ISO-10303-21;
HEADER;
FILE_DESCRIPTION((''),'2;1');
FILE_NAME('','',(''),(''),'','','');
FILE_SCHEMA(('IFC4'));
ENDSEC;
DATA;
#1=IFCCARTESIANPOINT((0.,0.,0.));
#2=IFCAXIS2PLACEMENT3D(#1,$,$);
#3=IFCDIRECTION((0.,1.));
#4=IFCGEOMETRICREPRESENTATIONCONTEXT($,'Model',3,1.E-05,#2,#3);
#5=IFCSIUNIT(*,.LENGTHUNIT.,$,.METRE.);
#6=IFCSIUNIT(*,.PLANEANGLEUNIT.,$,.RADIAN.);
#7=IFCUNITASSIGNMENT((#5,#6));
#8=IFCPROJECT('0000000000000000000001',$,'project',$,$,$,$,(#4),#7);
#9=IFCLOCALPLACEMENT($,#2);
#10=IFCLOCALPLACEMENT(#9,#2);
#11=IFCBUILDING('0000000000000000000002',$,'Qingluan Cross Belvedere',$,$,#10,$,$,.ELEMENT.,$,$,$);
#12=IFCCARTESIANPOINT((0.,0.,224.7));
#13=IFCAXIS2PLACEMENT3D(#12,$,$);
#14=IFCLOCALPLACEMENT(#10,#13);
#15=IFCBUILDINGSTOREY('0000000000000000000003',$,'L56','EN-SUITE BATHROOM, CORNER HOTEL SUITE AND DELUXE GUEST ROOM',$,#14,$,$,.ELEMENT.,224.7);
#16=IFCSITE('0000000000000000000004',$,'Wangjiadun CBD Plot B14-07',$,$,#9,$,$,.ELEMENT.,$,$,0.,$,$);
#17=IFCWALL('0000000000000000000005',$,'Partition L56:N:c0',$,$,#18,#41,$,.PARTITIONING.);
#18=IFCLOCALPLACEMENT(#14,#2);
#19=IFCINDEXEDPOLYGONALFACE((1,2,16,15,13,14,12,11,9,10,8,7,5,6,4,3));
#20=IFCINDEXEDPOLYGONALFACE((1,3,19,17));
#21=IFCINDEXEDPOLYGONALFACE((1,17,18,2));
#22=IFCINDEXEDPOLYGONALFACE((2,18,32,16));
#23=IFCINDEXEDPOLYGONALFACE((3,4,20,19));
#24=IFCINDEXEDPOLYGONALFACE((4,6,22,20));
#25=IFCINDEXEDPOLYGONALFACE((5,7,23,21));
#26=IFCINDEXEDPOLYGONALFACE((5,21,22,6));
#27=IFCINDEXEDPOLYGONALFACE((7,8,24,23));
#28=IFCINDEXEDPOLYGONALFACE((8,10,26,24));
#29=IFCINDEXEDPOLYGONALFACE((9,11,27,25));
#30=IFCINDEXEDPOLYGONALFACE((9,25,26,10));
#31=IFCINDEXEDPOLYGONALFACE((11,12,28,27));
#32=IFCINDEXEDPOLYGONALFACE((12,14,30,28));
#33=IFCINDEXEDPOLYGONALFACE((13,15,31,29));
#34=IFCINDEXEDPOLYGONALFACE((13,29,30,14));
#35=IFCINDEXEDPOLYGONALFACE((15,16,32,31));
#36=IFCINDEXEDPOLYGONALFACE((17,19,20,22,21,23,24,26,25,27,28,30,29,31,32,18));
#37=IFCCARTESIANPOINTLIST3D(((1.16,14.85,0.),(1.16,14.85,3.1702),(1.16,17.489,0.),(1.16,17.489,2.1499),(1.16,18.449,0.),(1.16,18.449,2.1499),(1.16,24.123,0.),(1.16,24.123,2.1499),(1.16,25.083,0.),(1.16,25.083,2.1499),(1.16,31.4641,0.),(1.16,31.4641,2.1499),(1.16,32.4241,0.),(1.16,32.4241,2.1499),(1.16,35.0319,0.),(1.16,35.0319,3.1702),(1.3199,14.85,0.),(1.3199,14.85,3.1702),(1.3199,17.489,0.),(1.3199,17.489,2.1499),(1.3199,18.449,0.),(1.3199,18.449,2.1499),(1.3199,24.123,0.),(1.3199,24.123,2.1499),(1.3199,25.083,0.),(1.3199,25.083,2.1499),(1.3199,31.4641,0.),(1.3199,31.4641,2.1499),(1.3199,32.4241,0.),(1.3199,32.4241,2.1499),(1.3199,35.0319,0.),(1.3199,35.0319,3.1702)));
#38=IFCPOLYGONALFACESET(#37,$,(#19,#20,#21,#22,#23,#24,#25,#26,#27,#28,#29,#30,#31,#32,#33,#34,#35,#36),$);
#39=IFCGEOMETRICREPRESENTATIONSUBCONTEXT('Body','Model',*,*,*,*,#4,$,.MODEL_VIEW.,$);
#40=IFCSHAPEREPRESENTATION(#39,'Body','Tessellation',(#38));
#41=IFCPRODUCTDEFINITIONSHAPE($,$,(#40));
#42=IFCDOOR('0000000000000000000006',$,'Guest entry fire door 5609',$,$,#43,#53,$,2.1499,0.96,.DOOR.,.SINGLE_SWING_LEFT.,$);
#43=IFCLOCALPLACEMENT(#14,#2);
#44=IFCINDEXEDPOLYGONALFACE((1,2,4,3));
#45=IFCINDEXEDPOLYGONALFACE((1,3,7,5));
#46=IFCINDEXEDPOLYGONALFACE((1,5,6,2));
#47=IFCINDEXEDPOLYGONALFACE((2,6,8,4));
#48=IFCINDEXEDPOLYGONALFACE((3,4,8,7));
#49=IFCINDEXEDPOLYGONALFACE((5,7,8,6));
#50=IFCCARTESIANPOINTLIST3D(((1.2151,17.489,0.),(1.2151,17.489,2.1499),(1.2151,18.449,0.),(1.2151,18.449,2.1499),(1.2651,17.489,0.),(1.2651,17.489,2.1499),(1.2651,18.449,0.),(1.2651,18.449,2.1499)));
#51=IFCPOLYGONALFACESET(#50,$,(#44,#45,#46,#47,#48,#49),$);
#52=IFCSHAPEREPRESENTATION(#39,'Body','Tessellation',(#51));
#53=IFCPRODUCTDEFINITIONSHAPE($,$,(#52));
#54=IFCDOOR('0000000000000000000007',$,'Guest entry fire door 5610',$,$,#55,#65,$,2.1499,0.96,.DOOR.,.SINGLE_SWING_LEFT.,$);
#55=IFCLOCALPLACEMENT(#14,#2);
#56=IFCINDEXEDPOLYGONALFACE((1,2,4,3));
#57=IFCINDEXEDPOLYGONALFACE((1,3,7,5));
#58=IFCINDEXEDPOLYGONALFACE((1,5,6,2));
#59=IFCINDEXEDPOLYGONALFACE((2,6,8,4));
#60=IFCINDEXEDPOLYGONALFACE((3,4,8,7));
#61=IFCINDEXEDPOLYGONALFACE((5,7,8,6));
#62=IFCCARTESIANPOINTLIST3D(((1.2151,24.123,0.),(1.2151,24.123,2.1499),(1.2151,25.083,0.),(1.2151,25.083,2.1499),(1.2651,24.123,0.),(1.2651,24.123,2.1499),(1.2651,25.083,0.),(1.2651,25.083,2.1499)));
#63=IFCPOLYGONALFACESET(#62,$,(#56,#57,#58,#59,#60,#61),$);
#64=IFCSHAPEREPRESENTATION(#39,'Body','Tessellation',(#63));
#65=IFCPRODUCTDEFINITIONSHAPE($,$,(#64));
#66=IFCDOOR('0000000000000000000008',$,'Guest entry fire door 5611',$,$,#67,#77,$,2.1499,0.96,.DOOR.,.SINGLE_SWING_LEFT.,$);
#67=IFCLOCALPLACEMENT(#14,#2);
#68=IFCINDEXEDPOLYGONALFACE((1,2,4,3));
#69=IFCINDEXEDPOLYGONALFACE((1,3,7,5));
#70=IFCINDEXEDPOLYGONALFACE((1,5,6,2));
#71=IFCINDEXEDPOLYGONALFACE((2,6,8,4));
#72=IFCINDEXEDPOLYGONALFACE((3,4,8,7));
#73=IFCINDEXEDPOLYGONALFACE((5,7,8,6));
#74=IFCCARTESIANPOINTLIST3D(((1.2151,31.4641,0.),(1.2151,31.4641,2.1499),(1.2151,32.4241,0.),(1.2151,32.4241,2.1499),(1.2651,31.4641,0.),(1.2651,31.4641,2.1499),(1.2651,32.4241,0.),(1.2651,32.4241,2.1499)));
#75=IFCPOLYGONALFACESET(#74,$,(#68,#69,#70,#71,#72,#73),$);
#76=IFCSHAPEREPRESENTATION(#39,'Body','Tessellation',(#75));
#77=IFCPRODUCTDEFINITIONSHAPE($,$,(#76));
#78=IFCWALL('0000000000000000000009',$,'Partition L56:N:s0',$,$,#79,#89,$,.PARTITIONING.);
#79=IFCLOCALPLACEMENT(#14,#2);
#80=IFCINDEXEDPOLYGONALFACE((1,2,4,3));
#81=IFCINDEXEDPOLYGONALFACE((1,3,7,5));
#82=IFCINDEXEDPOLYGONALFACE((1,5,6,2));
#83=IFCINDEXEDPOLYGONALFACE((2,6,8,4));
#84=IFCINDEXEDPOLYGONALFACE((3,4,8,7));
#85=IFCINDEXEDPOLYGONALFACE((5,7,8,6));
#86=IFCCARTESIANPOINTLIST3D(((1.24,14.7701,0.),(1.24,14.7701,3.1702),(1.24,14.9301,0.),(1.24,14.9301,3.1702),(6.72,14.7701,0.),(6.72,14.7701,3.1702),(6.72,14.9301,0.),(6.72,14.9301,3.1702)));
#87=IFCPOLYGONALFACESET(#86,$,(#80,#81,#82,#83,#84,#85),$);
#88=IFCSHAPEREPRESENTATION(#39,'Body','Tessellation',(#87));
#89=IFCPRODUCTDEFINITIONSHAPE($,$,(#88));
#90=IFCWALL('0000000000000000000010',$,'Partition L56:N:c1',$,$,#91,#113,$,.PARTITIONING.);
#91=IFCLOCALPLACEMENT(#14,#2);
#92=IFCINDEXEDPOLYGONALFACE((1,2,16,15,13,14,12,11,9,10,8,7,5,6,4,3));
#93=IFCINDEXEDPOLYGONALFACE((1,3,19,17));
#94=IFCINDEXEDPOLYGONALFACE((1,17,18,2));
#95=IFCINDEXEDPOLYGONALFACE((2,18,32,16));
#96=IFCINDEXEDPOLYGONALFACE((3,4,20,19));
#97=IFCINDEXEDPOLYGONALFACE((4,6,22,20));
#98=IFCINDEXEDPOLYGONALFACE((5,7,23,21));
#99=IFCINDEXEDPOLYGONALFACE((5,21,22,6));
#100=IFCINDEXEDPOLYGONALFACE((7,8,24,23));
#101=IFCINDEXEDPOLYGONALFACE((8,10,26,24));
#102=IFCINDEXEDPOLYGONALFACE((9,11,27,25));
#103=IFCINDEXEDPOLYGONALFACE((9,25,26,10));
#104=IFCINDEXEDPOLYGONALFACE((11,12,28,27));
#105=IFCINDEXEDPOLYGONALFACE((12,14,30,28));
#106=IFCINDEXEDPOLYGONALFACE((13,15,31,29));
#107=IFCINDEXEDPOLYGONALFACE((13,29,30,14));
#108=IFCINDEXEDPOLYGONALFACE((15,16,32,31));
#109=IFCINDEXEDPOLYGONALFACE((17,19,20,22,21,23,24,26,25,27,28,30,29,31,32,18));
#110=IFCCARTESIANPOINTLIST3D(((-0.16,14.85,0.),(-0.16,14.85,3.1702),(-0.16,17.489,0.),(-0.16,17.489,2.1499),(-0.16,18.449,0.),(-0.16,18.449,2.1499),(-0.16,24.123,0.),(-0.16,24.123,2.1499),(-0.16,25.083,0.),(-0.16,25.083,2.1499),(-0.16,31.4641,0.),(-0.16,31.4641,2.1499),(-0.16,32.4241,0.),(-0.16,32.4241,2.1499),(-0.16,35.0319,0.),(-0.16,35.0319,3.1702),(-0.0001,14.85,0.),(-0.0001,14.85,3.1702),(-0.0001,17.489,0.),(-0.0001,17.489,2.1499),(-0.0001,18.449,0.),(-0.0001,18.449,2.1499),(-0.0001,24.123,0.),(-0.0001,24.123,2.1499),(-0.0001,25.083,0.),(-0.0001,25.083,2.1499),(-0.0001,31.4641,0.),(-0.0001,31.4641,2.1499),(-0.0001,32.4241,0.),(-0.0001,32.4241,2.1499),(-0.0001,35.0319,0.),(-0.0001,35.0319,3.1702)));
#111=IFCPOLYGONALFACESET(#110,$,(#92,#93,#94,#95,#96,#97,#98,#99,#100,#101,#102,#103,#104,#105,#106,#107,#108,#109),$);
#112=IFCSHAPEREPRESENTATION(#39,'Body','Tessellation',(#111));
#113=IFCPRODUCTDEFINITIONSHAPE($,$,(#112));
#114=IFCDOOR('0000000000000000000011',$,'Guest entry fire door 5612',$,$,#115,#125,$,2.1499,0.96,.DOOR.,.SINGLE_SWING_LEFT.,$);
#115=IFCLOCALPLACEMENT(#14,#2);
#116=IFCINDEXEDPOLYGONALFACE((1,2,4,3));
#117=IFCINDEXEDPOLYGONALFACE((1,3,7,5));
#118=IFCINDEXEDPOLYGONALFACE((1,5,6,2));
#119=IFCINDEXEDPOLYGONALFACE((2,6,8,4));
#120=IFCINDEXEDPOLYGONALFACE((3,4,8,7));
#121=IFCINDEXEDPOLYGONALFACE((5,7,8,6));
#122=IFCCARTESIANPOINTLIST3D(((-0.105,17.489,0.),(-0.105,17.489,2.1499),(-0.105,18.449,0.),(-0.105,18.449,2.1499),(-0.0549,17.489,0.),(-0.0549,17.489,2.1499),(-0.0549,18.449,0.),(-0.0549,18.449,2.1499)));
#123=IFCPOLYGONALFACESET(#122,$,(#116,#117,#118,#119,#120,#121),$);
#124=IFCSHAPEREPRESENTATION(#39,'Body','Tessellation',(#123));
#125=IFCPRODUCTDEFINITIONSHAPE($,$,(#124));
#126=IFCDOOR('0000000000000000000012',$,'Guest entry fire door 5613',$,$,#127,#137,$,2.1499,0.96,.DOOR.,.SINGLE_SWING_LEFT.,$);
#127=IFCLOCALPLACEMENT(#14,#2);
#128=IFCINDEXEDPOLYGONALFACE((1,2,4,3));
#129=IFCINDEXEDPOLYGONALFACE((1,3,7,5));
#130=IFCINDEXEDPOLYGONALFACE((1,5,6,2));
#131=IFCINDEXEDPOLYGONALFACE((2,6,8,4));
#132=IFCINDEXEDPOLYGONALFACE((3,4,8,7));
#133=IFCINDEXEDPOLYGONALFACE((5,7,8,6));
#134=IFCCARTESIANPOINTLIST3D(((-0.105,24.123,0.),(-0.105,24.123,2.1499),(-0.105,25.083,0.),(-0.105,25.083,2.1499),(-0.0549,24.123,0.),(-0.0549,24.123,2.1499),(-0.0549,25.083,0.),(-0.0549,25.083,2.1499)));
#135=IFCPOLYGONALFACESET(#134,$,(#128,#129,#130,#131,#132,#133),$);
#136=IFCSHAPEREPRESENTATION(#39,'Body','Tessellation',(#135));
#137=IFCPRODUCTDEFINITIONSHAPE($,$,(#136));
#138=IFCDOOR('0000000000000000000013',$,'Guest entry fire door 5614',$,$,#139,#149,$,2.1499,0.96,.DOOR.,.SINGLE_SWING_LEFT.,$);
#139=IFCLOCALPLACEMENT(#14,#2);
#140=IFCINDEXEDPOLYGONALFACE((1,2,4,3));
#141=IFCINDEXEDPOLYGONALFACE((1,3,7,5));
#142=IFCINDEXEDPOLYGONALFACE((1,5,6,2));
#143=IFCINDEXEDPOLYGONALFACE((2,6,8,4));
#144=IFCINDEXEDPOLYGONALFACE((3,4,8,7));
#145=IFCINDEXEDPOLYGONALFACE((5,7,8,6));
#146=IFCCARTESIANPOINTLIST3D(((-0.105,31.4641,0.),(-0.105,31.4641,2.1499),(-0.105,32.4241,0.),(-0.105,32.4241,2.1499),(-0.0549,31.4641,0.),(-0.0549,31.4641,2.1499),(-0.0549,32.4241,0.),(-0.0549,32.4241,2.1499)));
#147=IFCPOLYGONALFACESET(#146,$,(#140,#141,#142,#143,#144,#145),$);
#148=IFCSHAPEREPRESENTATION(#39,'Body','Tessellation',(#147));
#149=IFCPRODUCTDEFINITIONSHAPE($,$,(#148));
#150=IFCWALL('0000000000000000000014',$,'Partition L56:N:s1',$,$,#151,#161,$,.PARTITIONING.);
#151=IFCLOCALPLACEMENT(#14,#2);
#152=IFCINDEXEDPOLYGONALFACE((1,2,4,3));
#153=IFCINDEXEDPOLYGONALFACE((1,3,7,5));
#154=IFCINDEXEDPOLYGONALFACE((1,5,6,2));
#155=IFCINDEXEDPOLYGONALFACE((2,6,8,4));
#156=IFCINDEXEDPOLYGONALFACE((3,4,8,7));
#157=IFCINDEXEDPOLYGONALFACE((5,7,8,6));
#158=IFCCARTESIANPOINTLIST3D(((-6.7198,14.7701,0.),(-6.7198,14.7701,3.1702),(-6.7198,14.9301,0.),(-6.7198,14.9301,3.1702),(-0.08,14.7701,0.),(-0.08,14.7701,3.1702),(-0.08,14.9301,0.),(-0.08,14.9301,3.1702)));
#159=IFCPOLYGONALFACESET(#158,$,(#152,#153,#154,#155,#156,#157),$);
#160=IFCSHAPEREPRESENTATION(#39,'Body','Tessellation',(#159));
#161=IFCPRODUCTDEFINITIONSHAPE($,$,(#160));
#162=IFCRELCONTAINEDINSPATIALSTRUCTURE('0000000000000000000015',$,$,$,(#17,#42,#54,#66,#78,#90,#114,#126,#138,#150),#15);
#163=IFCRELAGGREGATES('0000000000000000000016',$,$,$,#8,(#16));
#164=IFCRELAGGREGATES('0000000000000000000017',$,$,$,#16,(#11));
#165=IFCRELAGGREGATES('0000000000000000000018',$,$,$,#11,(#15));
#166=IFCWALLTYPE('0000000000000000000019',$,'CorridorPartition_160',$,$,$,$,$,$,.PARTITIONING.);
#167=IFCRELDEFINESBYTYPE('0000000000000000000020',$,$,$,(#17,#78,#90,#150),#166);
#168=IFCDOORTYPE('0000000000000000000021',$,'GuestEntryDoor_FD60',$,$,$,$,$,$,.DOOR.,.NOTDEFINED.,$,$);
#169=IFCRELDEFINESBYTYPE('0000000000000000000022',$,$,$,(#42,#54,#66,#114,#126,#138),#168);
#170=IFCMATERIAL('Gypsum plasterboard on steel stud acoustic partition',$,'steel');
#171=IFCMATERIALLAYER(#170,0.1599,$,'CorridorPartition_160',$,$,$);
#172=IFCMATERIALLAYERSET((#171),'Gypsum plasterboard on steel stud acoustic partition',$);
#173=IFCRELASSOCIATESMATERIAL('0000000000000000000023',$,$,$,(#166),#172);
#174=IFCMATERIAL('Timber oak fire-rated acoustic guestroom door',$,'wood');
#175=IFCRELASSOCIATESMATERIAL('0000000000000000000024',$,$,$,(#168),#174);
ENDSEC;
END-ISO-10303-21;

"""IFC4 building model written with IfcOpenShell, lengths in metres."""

from ifc_helpers import new_model, si_unit, direction, frame, frame_2d, origin, place, context, subcontext, project, spatial, rectangle, extrude, material, layer, layer_set, type_object, element, fill, save


model = new_model("IFC4")

# Units and contexts
model_context = context("Model", 3, precision=1e-05, world=origin(), true_north=direction((0.0, 1.0)))
body_context = subcontext(model_context, "Body", "Model", "MODEL_VIEW")
ifc_project = project(units=[si_unit("LENGTHUNIT", "METRE"), si_unit("PLANEANGLEUNIT", "RADIAN")], contexts=[model_context])

# Site, building, storey
site_placement = place(None, origin())
site = spatial("IfcSite", under=ifc_project, at=site_placement, Name="Wangjiadun CBD Plot B14-07", CompositionType="ELEMENT", RefElevation=0.0)
building_placement = place(site_placement, origin())
building = spatial("IfcBuilding", under=site, at=building_placement, Name="Qingluan Cross Belvedere", CompositionType="ELEMENT")
storey_placement = place(building_placement, frame((0.0, 0.0, 224.7)))
storey = spatial("IfcBuildingStorey", under=building, at=storey_placement, Name="L56", Description="EN-SUITE BATHROOM, CORNER HOTEL SUITE AND DELUXE GUEST ROOM", CompositionType="ELEMENT", Elevation=224.7)

# Shared definitions
ifc_material_1 = material(Name="Gypsum plasterboard on steel stud acoustic partition", Category="steel")
ifc_layer_1 = layer(ifc_material_1, 0.1599, Name="CorridorPartition_160")
ifc_layer_set_1 = layer_set([ifc_layer_1], Name="Gypsum plasterboard on steel stud acoustic partition")
wall_type_1 = type_object("IfcWallType", Name="CorridorPartition_160", PredefinedType="PARTITIONING", material=ifc_layer_set_1)

# Wall, openings, doors
wall_1_placement = place(storey_placement, frame((1.24, 14.8501, 0.0), z_axis=(0.0, 0.0, 1.0), x_axis=(0.0, 1.0, 0.0)))
wall_1 = element("IfcWall", 1, at=wall_1_placement, inside=storey, type_object=wall_type_1, Name="Partition L56:N:c0", PredefinedType="PARTITIONING", context=body_context, shape_type="SweptSolid", body=[
    extrude(rectangle(XDim=20.1819, YDim=0.1599, at=frame_2d((10.0908, 0.0))), origin(), (0.0, 0.0, 1.0), 3.1702),
])
opening_1_placement = place(wall_1_placement, frame((2.6389, 0.0, 0.0)))
opening_1 = element("IfcOpeningElement", 2, at=opening_1_placement, cuts=wall_1, PredefinedType="OPENING", context=body_context, shape_type="SweptSolid", body=[
    extrude(rectangle(XDim=0.96, YDim=2.1499, at=frame_2d((0.48, 1.075))), frame((0.0, 0.0898, 0.0), z_axis=(0.0, -1.0, 0.0), x_axis=(1.0, 0.0, 0.0)), (0.0, 0.0, 1.0), 0.1799),
])
opening_2_placement = place(wall_1_placement, frame((9.2729, 0.0, 0.0)))
opening_2 = element("IfcOpeningElement", 3, at=opening_2_placement, cuts=wall_1, PredefinedType="OPENING", context=body_context, shape_type="SweptSolid", body=[
    extrude(rectangle(XDim=0.96, YDim=2.1499, at=frame_2d((0.48, 1.075))), frame((0.0, 0.0898, 0.0), z_axis=(0.0, -1.0, 0.0), x_axis=(1.0, 0.0, 0.0)), (0.0, 0.0, 1.0), 0.1799),
])
opening_3_placement = place(wall_1_placement, frame((16.614, 0.0, 0.0)))
opening_3 = element("IfcOpeningElement", 4, at=opening_3_placement, cuts=wall_1, PredefinedType="OPENING", context=body_context, shape_type="SweptSolid", body=[
    extrude(rectangle(XDim=0.96, YDim=2.1499, at=frame_2d((0.48, 1.075))), frame((0.0, 0.0898, 0.0), z_axis=(0.0, -1.0, 0.0), x_axis=(1.0, 0.0, 0.0)), (0.0, 0.0, 1.0), 0.1799),
])
ifc_material_2 = material(Name="Timber oak fire-rated acoustic guestroom door", Category="wood")
door_type = type_object("IfcDoorType", Name="GuestEntryDoor_FD60", OperationType="NOTDEFINED", PredefinedType="DOOR", material=ifc_material_2)
door_1_placement = place(opening_1_placement, origin())
door_1 = element("IfcDoor", 5, at=door_1_placement, inside=storey, type_object=door_type, Name="Guest entry fire door 5609", OperationType="SINGLE_SWING_LEFT", OverallHeight=2.1499, OverallWidth=0.96, PredefinedType="DOOR", context=body_context, shape_type="SweptSolid", body=[
    extrude(rectangle(XDim=0.96, YDim=2.1499, at=frame_2d((0.48, 1.075))), frame((0.0, 0.0249, 0.0), z_axis=(0.0, -1.0, 0.0), x_axis=(1.0, 0.0, 0.0)), (0.0, 0.0, 1.0), 0.05),
])
fill(opening_1, door_1)
door_2_placement = place(opening_2_placement, origin())
door_2 = element("IfcDoor", 6, at=door_2_placement, inside=storey, type_object=door_type, Name="Guest entry fire door 5610", OperationType="SINGLE_SWING_LEFT", OverallHeight=2.1499, OverallWidth=0.96, PredefinedType="DOOR", context=body_context, shape_type="SweptSolid", body=[
    extrude(rectangle(XDim=0.96, YDim=2.1499, at=frame_2d((0.48, 1.075))), frame((0.0, 0.0249, 0.0), z_axis=(0.0, -1.0, 0.0), x_axis=(1.0, 0.0, 0.0)), (0.0, 0.0, 1.0), 0.05),
])
fill(opening_2, door_2)
door_3_placement = place(opening_3_placement, origin())
door_3 = element("IfcDoor", 7, at=door_3_placement, inside=storey, type_object=door_type, Name="Guest entry fire door 5611", OperationType="SINGLE_SWING_LEFT", OverallHeight=2.1499, OverallWidth=0.96, PredefinedType="DOOR", context=body_context, shape_type="SweptSolid", body=[
    extrude(rectangle(XDim=0.96, YDim=2.1499, at=frame_2d((0.48, 1.075))), frame((0.0, 0.0249, 0.0), z_axis=(0.0, -1.0, 0.0), x_axis=(1.0, 0.0, 0.0)), (0.0, 0.0, 1.0), 0.05),
])
fill(opening_3, door_3)

# Wall
wall_2_placement = place(storey_placement, frame((1.24, 14.8501, 0.0), z_axis=(0.0, 0.0, 1.0), x_axis=(1.0, 0.0, 0.0)))
element("IfcWall", 8, at=wall_2_placement, inside=storey, type_object=wall_type_1, Name="Partition L56:N:s0", PredefinedType="PARTITIONING", context=body_context, shape_type="SweptSolid", body=[
    extrude(rectangle(XDim=5.48, YDim=0.1599, at=frame_2d((2.74, 0.0))), origin(), (0.0, 0.0, 1.0), 3.1702),
])

# Wall, openings, doors
wall_3_placement = place(storey_placement, frame((-0.0801, 14.8501, 0.0), z_axis=(0.0, 0.0, 1.0), x_axis=(0.0, 1.0, 0.0)))
wall_3 = element("IfcWall", 9, at=wall_3_placement, inside=storey, type_object=wall_type_1, Name="Partition L56:N:c1", PredefinedType="PARTITIONING", context=body_context, shape_type="SweptSolid", body=[
    extrude(rectangle(XDim=20.1819, YDim=0.1599, at=frame_2d((10.0908, 0.0))), origin(), (0.0, 0.0, 1.0), 3.1702),
])
opening_4_placement = place(wall_3_placement, frame((2.6389, 0.0, 0.0)))
opening_4 = element("IfcOpeningElement", 10, at=opening_4_placement, cuts=wall_3, PredefinedType="OPENING", context=body_context, shape_type="SweptSolid", body=[
    extrude(rectangle(XDim=0.96, YDim=2.1499, at=frame_2d((0.48, 1.075))), frame((0.0, 0.0898, 0.0), z_axis=(0.0, -1.0, 0.0), x_axis=(1.0, 0.0, 0.0)), (0.0, 0.0, 1.0), 0.1799),
])
opening_5_placement = place(wall_3_placement, frame((9.2729, 0.0, 0.0)))
opening_5 = element("IfcOpeningElement", 11, at=opening_5_placement, cuts=wall_3, PredefinedType="OPENING", context=body_context, shape_type="SweptSolid", body=[
    extrude(rectangle(XDim=0.96, YDim=2.1499, at=frame_2d((0.48, 1.075))), frame((0.0, 0.0898, 0.0), z_axis=(0.0, -1.0, 0.0), x_axis=(1.0, 0.0, 0.0)), (0.0, 0.0, 1.0), 0.1799),
])
opening_6_placement = place(wall_3_placement, frame((16.614, 0.0, 0.0)))
opening_6 = element("IfcOpeningElement", 12, at=opening_6_placement, cuts=wall_3, PredefinedType="OPENING", context=body_context, shape_type="SweptSolid", body=[
    extrude(rectangle(XDim=0.96, YDim=2.1499, at=frame_2d((0.48, 1.075))), frame((0.0, 0.0898, 0.0), z_axis=(0.0, -1.0, 0.0), x_axis=(1.0, 0.0, 0.0)), (0.0, 0.0, 1.0), 0.1799),
])
door_4_placement = place(opening_4_placement, origin())
door_4 = element("IfcDoor", 13, at=door_4_placement, inside=storey, type_object=door_type, Name="Guest entry fire door 5612", OperationType="SINGLE_SWING_LEFT", OverallHeight=2.1499, OverallWidth=0.96, PredefinedType="DOOR", context=body_context, shape_type="SweptSolid", body=[
    extrude(rectangle(XDim=0.96, YDim=2.1499, at=frame_2d((0.48, 1.075))), frame((0.0, 0.0249, 0.0), z_axis=(0.0, -1.0, 0.0), x_axis=(1.0, 0.0, 0.0)), (0.0, 0.0, 1.0), 0.05),
])
fill(opening_4, door_4)
door_5_placement = place(opening_5_placement, origin())
door_5 = element("IfcDoor", 14, at=door_5_placement, inside=storey, type_object=door_type, Name="Guest entry fire door 5613", OperationType="SINGLE_SWING_LEFT", OverallHeight=2.1499, OverallWidth=0.96, PredefinedType="DOOR", context=body_context, shape_type="SweptSolid", body=[
    extrude(rectangle(XDim=0.96, YDim=2.1499, at=frame_2d((0.48, 1.075))), frame((0.0, 0.0249, 0.0), z_axis=(0.0, -1.0, 0.0), x_axis=(1.0, 0.0, 0.0)), (0.0, 0.0, 1.0), 0.05),
])
fill(opening_5, door_5)
door_6_placement = place(opening_6_placement, origin())
door_6 = element("IfcDoor", 15, at=door_6_placement, inside=storey, type_object=door_type, Name="Guest entry fire door 5614", OperationType="SINGLE_SWING_LEFT", OverallHeight=2.1499, OverallWidth=0.96, PredefinedType="DOOR", context=body_context, shape_type="SweptSolid", body=[
    extrude(rectangle(XDim=0.96, YDim=2.1499, at=frame_2d((0.48, 1.075))), frame((0.0, 0.0249, 0.0), z_axis=(0.0, -1.0, 0.0), x_axis=(1.0, 0.0, 0.0)), (0.0, 0.0, 1.0), 0.05),
])
fill(opening_6, door_6)

# Wall
wall_4_placement = place(storey_placement, frame((-0.0801, 14.8501, 0.0), z_axis=(0.0, 0.0, 1.0), x_axis=(-1.0, 0.0, 0.0)))
element("IfcWall", 16, at=wall_4_placement, inside=storey, type_object=wall_type_1, Name="Partition L56:N:s1", PredefinedType="PARTITIONING", context=body_context, shape_type="SweptSolid", body=[
    extrude(rectangle(XDim=6.6399, YDim=0.1599, at=frame_2d((3.3198, 0.0))), origin(), (0.0, 0.0, 1.0), 3.1702),
])

save(model, "model.ifc")
